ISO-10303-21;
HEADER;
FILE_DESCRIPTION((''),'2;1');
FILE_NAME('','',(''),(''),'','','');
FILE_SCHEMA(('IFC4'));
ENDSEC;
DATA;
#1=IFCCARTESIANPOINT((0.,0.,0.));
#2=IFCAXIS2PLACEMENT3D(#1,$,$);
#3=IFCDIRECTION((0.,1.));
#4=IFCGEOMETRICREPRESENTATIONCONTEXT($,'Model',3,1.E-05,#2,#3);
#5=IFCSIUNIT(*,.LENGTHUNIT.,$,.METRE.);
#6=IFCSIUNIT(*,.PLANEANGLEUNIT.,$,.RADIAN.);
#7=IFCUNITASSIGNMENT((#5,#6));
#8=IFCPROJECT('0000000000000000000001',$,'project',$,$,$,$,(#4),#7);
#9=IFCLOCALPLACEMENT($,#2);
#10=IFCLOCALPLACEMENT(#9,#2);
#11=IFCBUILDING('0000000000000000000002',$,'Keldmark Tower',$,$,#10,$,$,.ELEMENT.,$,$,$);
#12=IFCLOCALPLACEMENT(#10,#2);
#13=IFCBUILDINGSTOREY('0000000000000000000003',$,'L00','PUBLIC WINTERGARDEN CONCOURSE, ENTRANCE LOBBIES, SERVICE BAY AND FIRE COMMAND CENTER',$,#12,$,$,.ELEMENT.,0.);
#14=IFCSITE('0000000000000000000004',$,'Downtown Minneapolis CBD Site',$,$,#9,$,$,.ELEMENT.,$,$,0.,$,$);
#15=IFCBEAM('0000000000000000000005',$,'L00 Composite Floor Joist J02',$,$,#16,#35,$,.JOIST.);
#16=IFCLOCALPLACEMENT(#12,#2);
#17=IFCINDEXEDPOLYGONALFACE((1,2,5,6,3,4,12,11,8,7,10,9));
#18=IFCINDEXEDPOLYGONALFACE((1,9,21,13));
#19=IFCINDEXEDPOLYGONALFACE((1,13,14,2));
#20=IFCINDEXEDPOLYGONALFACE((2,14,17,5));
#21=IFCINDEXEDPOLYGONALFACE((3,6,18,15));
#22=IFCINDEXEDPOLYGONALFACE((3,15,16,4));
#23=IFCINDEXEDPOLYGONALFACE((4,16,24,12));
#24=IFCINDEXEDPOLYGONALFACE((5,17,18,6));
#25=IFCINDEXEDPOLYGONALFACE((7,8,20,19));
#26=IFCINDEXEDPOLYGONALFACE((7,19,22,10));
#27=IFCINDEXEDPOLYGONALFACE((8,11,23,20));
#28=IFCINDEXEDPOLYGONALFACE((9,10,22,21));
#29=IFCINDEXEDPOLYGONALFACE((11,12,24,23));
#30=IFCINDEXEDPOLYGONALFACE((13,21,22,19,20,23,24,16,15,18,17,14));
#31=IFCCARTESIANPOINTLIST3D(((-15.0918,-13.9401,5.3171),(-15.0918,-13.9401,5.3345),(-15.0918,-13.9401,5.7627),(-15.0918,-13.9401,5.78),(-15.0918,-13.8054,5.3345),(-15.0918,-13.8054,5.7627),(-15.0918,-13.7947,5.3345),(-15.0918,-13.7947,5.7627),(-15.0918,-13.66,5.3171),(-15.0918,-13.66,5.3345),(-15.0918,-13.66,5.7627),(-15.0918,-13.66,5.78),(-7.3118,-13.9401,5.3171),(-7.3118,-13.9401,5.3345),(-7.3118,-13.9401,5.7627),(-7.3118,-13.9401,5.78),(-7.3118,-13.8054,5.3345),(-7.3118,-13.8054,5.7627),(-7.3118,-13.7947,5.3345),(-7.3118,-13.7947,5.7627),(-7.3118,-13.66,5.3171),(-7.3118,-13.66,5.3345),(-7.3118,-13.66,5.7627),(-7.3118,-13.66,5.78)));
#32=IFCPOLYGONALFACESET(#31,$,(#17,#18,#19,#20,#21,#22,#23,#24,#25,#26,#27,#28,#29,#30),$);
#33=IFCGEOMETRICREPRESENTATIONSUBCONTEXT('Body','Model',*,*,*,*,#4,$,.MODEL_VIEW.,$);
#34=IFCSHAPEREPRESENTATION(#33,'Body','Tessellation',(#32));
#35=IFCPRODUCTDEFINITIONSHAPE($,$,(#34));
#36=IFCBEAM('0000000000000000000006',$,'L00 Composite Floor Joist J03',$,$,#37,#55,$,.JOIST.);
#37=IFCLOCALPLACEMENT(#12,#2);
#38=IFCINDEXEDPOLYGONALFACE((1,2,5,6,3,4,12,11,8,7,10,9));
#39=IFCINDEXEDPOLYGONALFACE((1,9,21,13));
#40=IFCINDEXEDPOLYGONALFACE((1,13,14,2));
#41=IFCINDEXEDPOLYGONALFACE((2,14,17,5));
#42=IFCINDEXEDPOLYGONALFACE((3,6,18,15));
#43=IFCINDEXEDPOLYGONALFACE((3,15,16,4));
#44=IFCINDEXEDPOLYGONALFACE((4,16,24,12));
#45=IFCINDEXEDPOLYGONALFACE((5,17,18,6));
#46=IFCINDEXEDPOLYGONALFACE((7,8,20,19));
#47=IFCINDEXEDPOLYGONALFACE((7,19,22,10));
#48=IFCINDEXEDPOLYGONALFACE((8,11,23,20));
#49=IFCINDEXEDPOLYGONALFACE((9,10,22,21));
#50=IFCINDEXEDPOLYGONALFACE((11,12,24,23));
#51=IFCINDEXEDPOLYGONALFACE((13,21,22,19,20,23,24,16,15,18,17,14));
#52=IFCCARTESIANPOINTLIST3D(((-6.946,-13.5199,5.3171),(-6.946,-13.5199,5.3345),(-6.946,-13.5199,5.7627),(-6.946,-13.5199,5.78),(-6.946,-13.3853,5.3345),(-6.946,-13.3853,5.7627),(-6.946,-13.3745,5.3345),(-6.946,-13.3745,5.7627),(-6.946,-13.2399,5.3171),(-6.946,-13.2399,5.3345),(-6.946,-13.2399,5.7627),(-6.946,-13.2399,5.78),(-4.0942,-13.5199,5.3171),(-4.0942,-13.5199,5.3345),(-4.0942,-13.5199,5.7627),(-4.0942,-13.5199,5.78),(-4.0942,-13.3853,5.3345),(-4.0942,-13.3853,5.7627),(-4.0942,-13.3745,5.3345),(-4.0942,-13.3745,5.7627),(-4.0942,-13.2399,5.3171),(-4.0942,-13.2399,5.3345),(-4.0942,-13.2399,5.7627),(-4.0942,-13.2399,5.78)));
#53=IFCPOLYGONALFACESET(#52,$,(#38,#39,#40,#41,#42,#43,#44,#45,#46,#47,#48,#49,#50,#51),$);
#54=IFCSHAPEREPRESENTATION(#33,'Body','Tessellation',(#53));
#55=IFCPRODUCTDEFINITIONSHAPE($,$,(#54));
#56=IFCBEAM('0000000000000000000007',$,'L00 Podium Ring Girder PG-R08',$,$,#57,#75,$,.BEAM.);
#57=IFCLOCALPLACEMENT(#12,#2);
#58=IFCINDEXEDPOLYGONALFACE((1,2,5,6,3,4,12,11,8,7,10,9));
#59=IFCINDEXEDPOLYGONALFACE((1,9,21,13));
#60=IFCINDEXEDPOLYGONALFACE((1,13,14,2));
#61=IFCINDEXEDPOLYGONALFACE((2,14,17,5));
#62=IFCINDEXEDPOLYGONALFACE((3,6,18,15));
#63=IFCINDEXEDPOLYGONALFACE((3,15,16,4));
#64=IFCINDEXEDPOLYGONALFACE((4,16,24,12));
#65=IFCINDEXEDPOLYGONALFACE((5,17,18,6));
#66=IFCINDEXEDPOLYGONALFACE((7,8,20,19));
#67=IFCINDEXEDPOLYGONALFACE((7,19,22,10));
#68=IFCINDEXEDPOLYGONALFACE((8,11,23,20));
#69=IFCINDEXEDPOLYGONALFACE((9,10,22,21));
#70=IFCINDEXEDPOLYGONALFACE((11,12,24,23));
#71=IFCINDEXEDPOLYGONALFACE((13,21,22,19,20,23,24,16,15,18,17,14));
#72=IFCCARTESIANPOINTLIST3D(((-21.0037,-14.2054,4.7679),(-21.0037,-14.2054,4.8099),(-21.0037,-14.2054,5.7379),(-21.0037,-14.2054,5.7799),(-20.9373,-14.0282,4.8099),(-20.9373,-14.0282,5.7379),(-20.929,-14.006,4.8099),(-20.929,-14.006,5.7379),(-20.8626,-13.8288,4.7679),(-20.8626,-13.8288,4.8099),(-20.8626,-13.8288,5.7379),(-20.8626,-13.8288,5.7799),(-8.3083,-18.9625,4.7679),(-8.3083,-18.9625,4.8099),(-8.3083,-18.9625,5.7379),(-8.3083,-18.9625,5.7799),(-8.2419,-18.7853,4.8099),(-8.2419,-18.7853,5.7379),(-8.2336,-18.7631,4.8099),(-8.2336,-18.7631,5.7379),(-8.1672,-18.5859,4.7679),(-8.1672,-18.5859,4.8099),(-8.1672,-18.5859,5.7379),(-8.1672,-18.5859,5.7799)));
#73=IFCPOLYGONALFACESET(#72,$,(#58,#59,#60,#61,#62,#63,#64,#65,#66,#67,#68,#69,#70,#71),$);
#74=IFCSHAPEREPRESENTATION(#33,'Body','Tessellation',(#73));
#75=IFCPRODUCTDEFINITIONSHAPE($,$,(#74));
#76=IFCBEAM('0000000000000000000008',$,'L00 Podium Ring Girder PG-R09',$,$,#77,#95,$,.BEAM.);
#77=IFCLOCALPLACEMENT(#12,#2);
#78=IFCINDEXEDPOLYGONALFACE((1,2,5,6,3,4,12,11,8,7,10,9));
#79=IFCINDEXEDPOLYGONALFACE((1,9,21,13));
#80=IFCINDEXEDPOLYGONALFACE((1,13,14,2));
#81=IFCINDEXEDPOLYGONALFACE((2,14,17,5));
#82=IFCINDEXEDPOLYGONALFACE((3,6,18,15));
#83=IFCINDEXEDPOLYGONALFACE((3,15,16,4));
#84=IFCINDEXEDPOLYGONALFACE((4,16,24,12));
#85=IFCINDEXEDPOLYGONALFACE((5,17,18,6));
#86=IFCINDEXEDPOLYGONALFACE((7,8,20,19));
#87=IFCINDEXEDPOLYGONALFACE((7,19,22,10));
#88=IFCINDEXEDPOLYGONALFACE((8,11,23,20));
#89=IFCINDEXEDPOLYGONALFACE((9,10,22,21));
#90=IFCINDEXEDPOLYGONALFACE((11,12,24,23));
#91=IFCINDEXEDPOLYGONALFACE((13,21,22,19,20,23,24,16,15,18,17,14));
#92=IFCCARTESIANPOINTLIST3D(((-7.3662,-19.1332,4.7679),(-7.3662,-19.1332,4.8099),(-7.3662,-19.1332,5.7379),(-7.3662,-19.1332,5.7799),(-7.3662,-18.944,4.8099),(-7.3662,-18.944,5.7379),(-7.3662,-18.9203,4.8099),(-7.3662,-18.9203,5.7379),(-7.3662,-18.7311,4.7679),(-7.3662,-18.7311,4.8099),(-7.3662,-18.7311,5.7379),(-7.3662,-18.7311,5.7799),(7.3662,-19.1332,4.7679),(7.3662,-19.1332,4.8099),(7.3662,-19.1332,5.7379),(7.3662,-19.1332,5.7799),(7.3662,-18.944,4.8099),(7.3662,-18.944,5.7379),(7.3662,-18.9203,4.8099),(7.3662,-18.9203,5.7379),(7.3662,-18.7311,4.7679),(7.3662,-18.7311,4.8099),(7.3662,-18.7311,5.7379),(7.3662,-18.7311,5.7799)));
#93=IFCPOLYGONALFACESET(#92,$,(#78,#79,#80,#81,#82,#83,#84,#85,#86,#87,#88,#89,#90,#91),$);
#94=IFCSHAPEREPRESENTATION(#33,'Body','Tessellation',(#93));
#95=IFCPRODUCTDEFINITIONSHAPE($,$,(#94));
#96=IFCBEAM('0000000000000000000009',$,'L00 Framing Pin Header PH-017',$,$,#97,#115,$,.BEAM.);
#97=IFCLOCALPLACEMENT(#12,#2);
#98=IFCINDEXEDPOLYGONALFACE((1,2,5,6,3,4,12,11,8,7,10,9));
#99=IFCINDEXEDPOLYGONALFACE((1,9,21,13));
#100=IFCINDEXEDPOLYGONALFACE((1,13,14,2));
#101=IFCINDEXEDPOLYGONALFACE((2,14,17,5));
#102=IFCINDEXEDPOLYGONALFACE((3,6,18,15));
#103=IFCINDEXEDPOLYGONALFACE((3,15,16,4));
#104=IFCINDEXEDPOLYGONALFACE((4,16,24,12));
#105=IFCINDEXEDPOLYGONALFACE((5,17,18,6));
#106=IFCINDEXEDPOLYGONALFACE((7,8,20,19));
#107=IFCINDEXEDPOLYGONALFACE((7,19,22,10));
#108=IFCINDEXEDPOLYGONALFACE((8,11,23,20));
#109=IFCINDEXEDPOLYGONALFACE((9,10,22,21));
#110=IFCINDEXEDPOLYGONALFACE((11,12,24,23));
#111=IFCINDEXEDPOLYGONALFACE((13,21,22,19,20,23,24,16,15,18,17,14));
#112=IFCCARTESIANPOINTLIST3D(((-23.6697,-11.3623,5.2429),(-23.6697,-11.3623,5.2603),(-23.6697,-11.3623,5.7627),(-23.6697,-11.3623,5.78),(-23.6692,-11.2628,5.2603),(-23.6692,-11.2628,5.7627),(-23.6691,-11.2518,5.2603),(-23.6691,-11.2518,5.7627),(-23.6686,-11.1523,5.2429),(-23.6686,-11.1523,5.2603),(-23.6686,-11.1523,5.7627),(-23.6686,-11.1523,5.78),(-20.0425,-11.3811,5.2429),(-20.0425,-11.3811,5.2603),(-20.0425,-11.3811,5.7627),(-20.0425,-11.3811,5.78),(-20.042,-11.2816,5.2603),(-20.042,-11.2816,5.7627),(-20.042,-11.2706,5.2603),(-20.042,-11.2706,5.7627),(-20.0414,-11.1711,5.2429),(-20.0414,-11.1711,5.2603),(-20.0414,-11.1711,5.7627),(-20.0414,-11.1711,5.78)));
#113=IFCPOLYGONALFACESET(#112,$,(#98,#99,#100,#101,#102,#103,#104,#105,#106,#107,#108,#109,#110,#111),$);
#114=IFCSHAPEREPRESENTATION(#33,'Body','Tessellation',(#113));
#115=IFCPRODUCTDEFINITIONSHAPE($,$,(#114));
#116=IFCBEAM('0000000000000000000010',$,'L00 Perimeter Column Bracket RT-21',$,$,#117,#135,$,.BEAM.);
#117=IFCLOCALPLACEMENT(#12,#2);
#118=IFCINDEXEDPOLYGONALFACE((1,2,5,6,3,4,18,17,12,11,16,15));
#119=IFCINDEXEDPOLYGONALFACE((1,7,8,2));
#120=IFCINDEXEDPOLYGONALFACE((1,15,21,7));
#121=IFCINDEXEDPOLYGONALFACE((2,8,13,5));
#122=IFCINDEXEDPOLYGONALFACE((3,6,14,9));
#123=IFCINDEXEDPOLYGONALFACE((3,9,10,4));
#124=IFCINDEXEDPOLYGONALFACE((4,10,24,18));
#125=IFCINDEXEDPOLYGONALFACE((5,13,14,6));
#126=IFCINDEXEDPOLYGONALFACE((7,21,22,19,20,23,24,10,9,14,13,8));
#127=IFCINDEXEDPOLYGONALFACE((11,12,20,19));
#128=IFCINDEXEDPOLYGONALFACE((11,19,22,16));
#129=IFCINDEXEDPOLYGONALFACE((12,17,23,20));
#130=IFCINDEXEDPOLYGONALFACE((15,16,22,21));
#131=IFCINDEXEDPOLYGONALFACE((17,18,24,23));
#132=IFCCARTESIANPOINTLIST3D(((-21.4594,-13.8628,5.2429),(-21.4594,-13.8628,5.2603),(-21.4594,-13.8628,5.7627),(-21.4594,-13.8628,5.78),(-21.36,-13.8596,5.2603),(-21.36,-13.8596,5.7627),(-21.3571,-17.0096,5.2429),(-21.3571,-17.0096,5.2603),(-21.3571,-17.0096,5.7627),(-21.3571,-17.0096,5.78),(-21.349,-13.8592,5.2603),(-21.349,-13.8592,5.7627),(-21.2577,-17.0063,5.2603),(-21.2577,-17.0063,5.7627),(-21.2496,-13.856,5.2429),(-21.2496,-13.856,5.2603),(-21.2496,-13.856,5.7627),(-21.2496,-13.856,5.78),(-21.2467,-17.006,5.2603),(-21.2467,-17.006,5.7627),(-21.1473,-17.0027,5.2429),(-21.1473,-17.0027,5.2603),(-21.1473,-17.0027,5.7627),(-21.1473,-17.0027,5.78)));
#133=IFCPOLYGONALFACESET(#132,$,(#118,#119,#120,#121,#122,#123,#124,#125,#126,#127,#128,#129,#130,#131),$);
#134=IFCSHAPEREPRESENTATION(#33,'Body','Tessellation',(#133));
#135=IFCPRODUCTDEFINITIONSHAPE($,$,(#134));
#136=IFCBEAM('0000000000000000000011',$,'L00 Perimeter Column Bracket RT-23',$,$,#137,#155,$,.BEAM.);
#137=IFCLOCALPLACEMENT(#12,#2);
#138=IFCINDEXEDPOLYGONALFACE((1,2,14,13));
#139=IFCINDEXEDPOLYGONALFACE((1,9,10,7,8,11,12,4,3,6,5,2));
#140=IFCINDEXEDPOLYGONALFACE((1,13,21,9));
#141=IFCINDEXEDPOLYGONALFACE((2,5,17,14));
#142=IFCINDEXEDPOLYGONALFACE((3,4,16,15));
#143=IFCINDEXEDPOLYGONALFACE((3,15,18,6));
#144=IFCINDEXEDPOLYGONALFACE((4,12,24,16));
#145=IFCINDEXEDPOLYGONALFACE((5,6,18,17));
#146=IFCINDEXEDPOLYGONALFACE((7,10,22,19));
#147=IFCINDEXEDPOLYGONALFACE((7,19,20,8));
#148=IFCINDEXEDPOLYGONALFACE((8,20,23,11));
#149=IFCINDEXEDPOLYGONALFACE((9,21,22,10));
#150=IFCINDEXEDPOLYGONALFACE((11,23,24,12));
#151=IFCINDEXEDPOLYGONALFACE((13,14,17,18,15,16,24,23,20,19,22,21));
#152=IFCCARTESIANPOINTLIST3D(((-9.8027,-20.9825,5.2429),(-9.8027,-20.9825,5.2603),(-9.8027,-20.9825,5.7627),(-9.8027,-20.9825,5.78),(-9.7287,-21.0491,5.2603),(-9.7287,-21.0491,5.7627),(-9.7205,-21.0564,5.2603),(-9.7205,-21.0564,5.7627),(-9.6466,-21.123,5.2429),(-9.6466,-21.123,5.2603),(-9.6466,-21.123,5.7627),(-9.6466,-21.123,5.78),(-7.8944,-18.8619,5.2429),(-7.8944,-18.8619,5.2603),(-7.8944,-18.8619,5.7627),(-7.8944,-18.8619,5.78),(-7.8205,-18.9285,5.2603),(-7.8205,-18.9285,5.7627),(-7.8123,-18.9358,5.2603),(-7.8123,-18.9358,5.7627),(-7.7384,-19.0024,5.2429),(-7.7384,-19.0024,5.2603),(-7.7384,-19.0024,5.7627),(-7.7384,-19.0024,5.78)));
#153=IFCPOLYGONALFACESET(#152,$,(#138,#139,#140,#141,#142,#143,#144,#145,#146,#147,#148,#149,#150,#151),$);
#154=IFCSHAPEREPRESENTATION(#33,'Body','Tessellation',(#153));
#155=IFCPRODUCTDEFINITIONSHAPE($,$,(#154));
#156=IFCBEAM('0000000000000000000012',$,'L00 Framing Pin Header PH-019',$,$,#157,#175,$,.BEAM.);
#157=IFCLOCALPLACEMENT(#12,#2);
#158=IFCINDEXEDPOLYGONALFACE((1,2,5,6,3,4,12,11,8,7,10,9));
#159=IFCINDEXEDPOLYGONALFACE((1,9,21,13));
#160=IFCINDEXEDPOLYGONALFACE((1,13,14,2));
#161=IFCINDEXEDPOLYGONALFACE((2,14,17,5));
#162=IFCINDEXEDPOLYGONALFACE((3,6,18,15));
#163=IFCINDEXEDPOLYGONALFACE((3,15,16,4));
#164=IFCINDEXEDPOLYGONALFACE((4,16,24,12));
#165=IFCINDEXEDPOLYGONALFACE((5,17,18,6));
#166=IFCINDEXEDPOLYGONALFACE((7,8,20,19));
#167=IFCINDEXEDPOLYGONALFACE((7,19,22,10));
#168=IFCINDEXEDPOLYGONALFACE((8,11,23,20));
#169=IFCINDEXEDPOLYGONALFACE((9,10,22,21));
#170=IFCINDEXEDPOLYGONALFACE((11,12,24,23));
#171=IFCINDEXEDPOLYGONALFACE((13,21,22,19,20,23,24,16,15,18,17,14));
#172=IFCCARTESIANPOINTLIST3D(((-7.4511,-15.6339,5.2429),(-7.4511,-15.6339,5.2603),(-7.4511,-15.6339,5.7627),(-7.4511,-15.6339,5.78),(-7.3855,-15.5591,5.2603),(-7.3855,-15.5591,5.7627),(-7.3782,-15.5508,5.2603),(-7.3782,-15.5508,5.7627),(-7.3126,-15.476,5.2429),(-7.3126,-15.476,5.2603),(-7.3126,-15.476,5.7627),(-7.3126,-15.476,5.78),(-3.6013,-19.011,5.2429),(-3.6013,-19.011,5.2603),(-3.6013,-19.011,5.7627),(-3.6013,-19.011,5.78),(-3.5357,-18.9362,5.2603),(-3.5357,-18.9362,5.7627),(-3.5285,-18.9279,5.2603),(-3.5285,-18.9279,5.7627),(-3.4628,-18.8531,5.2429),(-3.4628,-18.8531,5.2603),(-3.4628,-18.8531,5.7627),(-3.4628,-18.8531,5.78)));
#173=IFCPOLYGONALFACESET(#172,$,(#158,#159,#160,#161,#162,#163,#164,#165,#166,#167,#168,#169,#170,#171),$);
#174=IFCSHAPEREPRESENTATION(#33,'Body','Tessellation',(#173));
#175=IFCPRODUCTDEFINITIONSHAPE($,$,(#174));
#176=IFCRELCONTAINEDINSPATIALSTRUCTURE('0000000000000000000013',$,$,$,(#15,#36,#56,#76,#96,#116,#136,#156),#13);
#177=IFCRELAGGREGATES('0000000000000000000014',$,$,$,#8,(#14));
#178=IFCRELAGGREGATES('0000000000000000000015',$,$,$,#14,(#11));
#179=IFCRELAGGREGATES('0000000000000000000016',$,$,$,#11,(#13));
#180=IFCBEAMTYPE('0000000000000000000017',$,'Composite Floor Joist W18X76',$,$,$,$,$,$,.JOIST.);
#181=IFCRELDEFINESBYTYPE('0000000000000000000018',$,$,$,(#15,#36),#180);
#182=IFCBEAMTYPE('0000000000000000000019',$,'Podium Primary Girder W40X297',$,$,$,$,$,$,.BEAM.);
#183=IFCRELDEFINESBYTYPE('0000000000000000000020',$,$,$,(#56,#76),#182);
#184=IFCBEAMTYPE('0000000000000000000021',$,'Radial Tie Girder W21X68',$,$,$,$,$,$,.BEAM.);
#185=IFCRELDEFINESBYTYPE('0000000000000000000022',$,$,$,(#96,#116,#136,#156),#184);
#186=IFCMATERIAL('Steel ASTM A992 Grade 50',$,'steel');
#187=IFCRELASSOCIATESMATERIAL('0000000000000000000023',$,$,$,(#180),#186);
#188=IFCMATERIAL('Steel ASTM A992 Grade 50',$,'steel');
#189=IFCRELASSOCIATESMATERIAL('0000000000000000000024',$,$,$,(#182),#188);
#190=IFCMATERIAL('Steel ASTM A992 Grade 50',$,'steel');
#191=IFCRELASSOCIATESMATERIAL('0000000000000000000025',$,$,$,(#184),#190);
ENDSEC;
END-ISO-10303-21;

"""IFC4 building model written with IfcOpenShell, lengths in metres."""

from ifc_helpers import new_model, si_unit, direction, frame, origin, origin_2d, place, context, subcontext, project, spatial, i_section, extrude, material, material_profile, profile_set, type_object, element, save


model = new_model("IFC4")

# Units and contexts
model_context = context("Model", 3, precision=1e-05, world=origin(), true_north=direction((0.0, 1.0)))
body_context = subcontext(model_context, "Body", "Model", "MODEL_VIEW")
ifc_project = project(units=[si_unit("LENGTHUNIT", "METRE"), si_unit("PLANEANGLEUNIT", "RADIAN")], contexts=[model_context])

# Site, building, storey
site_placement = place(None, origin())
site = spatial("IfcSite", under=ifc_project, at=site_placement, Name="Downtown Minneapolis CBD Site", CompositionType="ELEMENT", RefElevation=0.0)
building_placement = place(site_placement, origin())
building = spatial("IfcBuilding", under=site, at=building_placement, Name="Keldmark Tower", CompositionType="ELEMENT")
storey_placement = place(building_placement, origin())
storey = spatial("IfcBuildingStorey", under=building, at=storey_placement, Name="L00", Description="PUBLIC WINTERGARDEN CONCOURSE, ENTRANCE LOBBIES, SERVICE BAY AND FIRE COMMAND CENTER", CompositionType="ELEMENT", Elevation=0.0)

# Beams
ifc_material_1 = material(Name="Steel ASTM A992 Grade 50", Category="steel")
ifc_material_profile_1 = material_profile(ifc_material_1, i_section(OverallWidth=0.28, OverallDepth=0.4629, WebThickness=0.0107, FlangeThickness=0.0173, at=origin_2d()), Name="W18X76")
ifc_profile_set_1 = profile_set([ifc_material_profile_1], Name="Steel ASTM A992 Grade 50")
beam_type_1 = type_object("IfcBeamType", Name="Composite Floor Joist W18X76", PredefinedType="JOIST", material=ifc_profile_set_1)
beam_1_placement = place(storey_placement, frame((-15.0918, -13.8, 5.5486), z_axis=(1.0, 0.0, 0.0), x_axis=(0.0, 1.0, 0.0)))
element("IfcBeam", 1, at=beam_1_placement, inside=storey, type_object=beam_type_1, Name="L00 Composite Floor Joist J02", PredefinedType="JOIST", context=body_context, shape_type="SweptSolid", body=[
    extrude(i_section(OverallWidth=0.28, OverallDepth=0.4629, WebThickness=0.0107, FlangeThickness=0.0173, at=origin_2d()), origin(), (0.0, 0.0, 1.0), 7.78),
])
beam_2_placement = place(storey_placement, frame((-6.946, -13.3799, 5.5486), z_axis=(1.0, 0.0, 0.0), x_axis=(0.0, 1.0, 0.0)))
element("IfcBeam", 2, at=beam_2_placement, inside=storey, type_object=beam_type_1, Name="L00 Composite Floor Joist J03", PredefinedType="JOIST", context=body_context, shape_type="SweptSolid", body=[
    extrude(i_section(OverallWidth=0.28, OverallDepth=0.4629, WebThickness=0.0107, FlangeThickness=0.0173, at=origin_2d()), origin(), (0.0, 0.0, 1.0), 2.8518),
])
ifc_material_2 = material(Name="Steel ASTM A992 Grade 50", Category="steel")
ifc_material_profile_2 = material_profile(ifc_material_2, i_section(OverallWidth=0.4021, OverallDepth=1.012, WebThickness=0.0237, FlangeThickness=0.042, at=origin_2d()), Name="W40X297")
ifc_profile_set_2 = profile_set([ifc_material_profile_2], Name="Steel ASTM A992 Grade 50")
beam_type_2 = type_object("IfcBeamType", Name="Podium Primary Girder W40X297", PredefinedType="BEAM", material=ifc_profile_set_2)
beam_3_placement = place(storey_placement, frame((-20.9331, -14.0171, 5.2739), z_axis=(0.936418, -0.350887, 0.0), x_axis=(0.350887, 0.936418, 0.0)))
element("IfcBeam", 3, at=beam_3_placement, inside=storey, type_object=beam_type_2, Name="L00 Podium Ring Girder PG-R08", PredefinedType="BEAM", context=body_context, shape_type="SweptSolid", body=[
    extrude(i_section(OverallWidth=0.4021, OverallDepth=1.012, WebThickness=0.0237, FlangeThickness=0.042, at=origin_2d()), origin(), (0.0, 0.0, 1.0), 13.5574),
])
beam_4_placement = place(storey_placement, frame((-7.3662, -18.9321, 5.2739), z_axis=(1.0, 0.0, 0.0), x_axis=(0.0, 1.0, 0.0)))
element("IfcBeam", 4, at=beam_4_placement, inside=storey, type_object=beam_type_2, Name="L00 Podium Ring Girder PG-R09", PredefinedType="BEAM", context=body_context, shape_type="SweptSolid", body=[
    extrude(i_section(OverallWidth=0.4021, OverallDepth=1.012, WebThickness=0.0237, FlangeThickness=0.042, at=origin_2d()), origin(), (0.0, 0.0, 1.0), 14.7324),
])
ifc_material_3 = material(Name="Steel ASTM A992 Grade 50", Category="steel")
ifc_material_profile_3 = material_profile(ifc_material_3, i_section(OverallWidth=0.21, OverallDepth=0.5371, WebThickness=0.011, FlangeThickness=0.0173, at=origin_2d()), Name="W21X68")
ifc_profile_set_3 = profile_set([ifc_material_profile_3], Name="Steel ASTM A992 Grade 50")
beam_type_3 = type_object("IfcBeamType", Name="Radial Tie Girder W21X68", PredefinedType="BEAM", material=ifc_profile_set_3)
beam_5_placement = place(storey_placement, frame((-20.042, -11.2761, 5.5115), z_axis=(-0.999987, 0.005183, 0.0), x_axis=(-0.005183, -0.999987, 0.0)))
element("IfcBeam", 5, at=beam_5_placement, inside=storey, type_object=beam_type_3, Name="L00 Framing Pin Header PH-017", PredefinedType="BEAM", context=body_context, shape_type="SweptSolid", body=[
    extrude(i_section(OverallWidth=0.21, OverallDepth=0.5371, WebThickness=0.011, FlangeThickness=0.0173, at=origin_2d()), origin(), (0.0, 0.0, 1.0), 3.6272),
])
beam_6_placement = place(storey_placement, frame((-21.3545, -13.8594, 5.5115), z_axis=(0.032491, -0.999472, 0.0), x_axis=(0.999472, 0.032491, 0.0)))
element("IfcBeam", 6, at=beam_6_placement, inside=storey, type_object=beam_type_3, Name="L00 Perimeter Column Bracket RT-21", PredefinedType="BEAM", context=body_context, shape_type="SweptSolid", body=[
    extrude(i_section(OverallWidth=0.21, OverallDepth=0.5371, WebThickness=0.011, FlangeThickness=0.0173, at=origin_2d()), origin(), (0.0, 0.0, 1.0), 3.1484),
])
beam_7_placement = place(storey_placement, frame((-7.8164, -18.9321, 5.5115), z_axis=(-0.668899, -0.743354, 0.0), x_axis=(0.743354, -0.668899, 0.0)))
element("IfcBeam", 7, at=beam_7_placement, inside=storey, type_object=beam_type_3, Name="L00 Perimeter Column Bracket RT-23", PredefinedType="BEAM", context=body_context, shape_type="SweptSolid", body=[
    extrude(i_section(OverallWidth=0.21, OverallDepth=0.5371, WebThickness=0.011, FlangeThickness=0.0173, at=origin_2d()), origin(), (0.0, 0.0, 1.0), 2.8528),
])
beam_8_placement = place(storey_placement, frame((-7.3818, -15.5549, 5.5115), z_axis=(0.751746, -0.659452, 0.0), x_axis=(0.659452, 0.751746, 0.0)))
element("IfcBeam", 8, at=beam_8_placement, inside=storey, type_object=beam_type_3, Name="L00 Framing Pin Header PH-019", PredefinedType="BEAM", context=body_context, shape_type="SweptSolid", body=[
    extrude(i_section(OverallWidth=0.21, OverallDepth=0.5371, WebThickness=0.011, FlangeThickness=0.0173, at=origin_2d()), origin(), (0.0, 0.0, 1.0), 5.1211),
])

save(model, "model.ifc")
